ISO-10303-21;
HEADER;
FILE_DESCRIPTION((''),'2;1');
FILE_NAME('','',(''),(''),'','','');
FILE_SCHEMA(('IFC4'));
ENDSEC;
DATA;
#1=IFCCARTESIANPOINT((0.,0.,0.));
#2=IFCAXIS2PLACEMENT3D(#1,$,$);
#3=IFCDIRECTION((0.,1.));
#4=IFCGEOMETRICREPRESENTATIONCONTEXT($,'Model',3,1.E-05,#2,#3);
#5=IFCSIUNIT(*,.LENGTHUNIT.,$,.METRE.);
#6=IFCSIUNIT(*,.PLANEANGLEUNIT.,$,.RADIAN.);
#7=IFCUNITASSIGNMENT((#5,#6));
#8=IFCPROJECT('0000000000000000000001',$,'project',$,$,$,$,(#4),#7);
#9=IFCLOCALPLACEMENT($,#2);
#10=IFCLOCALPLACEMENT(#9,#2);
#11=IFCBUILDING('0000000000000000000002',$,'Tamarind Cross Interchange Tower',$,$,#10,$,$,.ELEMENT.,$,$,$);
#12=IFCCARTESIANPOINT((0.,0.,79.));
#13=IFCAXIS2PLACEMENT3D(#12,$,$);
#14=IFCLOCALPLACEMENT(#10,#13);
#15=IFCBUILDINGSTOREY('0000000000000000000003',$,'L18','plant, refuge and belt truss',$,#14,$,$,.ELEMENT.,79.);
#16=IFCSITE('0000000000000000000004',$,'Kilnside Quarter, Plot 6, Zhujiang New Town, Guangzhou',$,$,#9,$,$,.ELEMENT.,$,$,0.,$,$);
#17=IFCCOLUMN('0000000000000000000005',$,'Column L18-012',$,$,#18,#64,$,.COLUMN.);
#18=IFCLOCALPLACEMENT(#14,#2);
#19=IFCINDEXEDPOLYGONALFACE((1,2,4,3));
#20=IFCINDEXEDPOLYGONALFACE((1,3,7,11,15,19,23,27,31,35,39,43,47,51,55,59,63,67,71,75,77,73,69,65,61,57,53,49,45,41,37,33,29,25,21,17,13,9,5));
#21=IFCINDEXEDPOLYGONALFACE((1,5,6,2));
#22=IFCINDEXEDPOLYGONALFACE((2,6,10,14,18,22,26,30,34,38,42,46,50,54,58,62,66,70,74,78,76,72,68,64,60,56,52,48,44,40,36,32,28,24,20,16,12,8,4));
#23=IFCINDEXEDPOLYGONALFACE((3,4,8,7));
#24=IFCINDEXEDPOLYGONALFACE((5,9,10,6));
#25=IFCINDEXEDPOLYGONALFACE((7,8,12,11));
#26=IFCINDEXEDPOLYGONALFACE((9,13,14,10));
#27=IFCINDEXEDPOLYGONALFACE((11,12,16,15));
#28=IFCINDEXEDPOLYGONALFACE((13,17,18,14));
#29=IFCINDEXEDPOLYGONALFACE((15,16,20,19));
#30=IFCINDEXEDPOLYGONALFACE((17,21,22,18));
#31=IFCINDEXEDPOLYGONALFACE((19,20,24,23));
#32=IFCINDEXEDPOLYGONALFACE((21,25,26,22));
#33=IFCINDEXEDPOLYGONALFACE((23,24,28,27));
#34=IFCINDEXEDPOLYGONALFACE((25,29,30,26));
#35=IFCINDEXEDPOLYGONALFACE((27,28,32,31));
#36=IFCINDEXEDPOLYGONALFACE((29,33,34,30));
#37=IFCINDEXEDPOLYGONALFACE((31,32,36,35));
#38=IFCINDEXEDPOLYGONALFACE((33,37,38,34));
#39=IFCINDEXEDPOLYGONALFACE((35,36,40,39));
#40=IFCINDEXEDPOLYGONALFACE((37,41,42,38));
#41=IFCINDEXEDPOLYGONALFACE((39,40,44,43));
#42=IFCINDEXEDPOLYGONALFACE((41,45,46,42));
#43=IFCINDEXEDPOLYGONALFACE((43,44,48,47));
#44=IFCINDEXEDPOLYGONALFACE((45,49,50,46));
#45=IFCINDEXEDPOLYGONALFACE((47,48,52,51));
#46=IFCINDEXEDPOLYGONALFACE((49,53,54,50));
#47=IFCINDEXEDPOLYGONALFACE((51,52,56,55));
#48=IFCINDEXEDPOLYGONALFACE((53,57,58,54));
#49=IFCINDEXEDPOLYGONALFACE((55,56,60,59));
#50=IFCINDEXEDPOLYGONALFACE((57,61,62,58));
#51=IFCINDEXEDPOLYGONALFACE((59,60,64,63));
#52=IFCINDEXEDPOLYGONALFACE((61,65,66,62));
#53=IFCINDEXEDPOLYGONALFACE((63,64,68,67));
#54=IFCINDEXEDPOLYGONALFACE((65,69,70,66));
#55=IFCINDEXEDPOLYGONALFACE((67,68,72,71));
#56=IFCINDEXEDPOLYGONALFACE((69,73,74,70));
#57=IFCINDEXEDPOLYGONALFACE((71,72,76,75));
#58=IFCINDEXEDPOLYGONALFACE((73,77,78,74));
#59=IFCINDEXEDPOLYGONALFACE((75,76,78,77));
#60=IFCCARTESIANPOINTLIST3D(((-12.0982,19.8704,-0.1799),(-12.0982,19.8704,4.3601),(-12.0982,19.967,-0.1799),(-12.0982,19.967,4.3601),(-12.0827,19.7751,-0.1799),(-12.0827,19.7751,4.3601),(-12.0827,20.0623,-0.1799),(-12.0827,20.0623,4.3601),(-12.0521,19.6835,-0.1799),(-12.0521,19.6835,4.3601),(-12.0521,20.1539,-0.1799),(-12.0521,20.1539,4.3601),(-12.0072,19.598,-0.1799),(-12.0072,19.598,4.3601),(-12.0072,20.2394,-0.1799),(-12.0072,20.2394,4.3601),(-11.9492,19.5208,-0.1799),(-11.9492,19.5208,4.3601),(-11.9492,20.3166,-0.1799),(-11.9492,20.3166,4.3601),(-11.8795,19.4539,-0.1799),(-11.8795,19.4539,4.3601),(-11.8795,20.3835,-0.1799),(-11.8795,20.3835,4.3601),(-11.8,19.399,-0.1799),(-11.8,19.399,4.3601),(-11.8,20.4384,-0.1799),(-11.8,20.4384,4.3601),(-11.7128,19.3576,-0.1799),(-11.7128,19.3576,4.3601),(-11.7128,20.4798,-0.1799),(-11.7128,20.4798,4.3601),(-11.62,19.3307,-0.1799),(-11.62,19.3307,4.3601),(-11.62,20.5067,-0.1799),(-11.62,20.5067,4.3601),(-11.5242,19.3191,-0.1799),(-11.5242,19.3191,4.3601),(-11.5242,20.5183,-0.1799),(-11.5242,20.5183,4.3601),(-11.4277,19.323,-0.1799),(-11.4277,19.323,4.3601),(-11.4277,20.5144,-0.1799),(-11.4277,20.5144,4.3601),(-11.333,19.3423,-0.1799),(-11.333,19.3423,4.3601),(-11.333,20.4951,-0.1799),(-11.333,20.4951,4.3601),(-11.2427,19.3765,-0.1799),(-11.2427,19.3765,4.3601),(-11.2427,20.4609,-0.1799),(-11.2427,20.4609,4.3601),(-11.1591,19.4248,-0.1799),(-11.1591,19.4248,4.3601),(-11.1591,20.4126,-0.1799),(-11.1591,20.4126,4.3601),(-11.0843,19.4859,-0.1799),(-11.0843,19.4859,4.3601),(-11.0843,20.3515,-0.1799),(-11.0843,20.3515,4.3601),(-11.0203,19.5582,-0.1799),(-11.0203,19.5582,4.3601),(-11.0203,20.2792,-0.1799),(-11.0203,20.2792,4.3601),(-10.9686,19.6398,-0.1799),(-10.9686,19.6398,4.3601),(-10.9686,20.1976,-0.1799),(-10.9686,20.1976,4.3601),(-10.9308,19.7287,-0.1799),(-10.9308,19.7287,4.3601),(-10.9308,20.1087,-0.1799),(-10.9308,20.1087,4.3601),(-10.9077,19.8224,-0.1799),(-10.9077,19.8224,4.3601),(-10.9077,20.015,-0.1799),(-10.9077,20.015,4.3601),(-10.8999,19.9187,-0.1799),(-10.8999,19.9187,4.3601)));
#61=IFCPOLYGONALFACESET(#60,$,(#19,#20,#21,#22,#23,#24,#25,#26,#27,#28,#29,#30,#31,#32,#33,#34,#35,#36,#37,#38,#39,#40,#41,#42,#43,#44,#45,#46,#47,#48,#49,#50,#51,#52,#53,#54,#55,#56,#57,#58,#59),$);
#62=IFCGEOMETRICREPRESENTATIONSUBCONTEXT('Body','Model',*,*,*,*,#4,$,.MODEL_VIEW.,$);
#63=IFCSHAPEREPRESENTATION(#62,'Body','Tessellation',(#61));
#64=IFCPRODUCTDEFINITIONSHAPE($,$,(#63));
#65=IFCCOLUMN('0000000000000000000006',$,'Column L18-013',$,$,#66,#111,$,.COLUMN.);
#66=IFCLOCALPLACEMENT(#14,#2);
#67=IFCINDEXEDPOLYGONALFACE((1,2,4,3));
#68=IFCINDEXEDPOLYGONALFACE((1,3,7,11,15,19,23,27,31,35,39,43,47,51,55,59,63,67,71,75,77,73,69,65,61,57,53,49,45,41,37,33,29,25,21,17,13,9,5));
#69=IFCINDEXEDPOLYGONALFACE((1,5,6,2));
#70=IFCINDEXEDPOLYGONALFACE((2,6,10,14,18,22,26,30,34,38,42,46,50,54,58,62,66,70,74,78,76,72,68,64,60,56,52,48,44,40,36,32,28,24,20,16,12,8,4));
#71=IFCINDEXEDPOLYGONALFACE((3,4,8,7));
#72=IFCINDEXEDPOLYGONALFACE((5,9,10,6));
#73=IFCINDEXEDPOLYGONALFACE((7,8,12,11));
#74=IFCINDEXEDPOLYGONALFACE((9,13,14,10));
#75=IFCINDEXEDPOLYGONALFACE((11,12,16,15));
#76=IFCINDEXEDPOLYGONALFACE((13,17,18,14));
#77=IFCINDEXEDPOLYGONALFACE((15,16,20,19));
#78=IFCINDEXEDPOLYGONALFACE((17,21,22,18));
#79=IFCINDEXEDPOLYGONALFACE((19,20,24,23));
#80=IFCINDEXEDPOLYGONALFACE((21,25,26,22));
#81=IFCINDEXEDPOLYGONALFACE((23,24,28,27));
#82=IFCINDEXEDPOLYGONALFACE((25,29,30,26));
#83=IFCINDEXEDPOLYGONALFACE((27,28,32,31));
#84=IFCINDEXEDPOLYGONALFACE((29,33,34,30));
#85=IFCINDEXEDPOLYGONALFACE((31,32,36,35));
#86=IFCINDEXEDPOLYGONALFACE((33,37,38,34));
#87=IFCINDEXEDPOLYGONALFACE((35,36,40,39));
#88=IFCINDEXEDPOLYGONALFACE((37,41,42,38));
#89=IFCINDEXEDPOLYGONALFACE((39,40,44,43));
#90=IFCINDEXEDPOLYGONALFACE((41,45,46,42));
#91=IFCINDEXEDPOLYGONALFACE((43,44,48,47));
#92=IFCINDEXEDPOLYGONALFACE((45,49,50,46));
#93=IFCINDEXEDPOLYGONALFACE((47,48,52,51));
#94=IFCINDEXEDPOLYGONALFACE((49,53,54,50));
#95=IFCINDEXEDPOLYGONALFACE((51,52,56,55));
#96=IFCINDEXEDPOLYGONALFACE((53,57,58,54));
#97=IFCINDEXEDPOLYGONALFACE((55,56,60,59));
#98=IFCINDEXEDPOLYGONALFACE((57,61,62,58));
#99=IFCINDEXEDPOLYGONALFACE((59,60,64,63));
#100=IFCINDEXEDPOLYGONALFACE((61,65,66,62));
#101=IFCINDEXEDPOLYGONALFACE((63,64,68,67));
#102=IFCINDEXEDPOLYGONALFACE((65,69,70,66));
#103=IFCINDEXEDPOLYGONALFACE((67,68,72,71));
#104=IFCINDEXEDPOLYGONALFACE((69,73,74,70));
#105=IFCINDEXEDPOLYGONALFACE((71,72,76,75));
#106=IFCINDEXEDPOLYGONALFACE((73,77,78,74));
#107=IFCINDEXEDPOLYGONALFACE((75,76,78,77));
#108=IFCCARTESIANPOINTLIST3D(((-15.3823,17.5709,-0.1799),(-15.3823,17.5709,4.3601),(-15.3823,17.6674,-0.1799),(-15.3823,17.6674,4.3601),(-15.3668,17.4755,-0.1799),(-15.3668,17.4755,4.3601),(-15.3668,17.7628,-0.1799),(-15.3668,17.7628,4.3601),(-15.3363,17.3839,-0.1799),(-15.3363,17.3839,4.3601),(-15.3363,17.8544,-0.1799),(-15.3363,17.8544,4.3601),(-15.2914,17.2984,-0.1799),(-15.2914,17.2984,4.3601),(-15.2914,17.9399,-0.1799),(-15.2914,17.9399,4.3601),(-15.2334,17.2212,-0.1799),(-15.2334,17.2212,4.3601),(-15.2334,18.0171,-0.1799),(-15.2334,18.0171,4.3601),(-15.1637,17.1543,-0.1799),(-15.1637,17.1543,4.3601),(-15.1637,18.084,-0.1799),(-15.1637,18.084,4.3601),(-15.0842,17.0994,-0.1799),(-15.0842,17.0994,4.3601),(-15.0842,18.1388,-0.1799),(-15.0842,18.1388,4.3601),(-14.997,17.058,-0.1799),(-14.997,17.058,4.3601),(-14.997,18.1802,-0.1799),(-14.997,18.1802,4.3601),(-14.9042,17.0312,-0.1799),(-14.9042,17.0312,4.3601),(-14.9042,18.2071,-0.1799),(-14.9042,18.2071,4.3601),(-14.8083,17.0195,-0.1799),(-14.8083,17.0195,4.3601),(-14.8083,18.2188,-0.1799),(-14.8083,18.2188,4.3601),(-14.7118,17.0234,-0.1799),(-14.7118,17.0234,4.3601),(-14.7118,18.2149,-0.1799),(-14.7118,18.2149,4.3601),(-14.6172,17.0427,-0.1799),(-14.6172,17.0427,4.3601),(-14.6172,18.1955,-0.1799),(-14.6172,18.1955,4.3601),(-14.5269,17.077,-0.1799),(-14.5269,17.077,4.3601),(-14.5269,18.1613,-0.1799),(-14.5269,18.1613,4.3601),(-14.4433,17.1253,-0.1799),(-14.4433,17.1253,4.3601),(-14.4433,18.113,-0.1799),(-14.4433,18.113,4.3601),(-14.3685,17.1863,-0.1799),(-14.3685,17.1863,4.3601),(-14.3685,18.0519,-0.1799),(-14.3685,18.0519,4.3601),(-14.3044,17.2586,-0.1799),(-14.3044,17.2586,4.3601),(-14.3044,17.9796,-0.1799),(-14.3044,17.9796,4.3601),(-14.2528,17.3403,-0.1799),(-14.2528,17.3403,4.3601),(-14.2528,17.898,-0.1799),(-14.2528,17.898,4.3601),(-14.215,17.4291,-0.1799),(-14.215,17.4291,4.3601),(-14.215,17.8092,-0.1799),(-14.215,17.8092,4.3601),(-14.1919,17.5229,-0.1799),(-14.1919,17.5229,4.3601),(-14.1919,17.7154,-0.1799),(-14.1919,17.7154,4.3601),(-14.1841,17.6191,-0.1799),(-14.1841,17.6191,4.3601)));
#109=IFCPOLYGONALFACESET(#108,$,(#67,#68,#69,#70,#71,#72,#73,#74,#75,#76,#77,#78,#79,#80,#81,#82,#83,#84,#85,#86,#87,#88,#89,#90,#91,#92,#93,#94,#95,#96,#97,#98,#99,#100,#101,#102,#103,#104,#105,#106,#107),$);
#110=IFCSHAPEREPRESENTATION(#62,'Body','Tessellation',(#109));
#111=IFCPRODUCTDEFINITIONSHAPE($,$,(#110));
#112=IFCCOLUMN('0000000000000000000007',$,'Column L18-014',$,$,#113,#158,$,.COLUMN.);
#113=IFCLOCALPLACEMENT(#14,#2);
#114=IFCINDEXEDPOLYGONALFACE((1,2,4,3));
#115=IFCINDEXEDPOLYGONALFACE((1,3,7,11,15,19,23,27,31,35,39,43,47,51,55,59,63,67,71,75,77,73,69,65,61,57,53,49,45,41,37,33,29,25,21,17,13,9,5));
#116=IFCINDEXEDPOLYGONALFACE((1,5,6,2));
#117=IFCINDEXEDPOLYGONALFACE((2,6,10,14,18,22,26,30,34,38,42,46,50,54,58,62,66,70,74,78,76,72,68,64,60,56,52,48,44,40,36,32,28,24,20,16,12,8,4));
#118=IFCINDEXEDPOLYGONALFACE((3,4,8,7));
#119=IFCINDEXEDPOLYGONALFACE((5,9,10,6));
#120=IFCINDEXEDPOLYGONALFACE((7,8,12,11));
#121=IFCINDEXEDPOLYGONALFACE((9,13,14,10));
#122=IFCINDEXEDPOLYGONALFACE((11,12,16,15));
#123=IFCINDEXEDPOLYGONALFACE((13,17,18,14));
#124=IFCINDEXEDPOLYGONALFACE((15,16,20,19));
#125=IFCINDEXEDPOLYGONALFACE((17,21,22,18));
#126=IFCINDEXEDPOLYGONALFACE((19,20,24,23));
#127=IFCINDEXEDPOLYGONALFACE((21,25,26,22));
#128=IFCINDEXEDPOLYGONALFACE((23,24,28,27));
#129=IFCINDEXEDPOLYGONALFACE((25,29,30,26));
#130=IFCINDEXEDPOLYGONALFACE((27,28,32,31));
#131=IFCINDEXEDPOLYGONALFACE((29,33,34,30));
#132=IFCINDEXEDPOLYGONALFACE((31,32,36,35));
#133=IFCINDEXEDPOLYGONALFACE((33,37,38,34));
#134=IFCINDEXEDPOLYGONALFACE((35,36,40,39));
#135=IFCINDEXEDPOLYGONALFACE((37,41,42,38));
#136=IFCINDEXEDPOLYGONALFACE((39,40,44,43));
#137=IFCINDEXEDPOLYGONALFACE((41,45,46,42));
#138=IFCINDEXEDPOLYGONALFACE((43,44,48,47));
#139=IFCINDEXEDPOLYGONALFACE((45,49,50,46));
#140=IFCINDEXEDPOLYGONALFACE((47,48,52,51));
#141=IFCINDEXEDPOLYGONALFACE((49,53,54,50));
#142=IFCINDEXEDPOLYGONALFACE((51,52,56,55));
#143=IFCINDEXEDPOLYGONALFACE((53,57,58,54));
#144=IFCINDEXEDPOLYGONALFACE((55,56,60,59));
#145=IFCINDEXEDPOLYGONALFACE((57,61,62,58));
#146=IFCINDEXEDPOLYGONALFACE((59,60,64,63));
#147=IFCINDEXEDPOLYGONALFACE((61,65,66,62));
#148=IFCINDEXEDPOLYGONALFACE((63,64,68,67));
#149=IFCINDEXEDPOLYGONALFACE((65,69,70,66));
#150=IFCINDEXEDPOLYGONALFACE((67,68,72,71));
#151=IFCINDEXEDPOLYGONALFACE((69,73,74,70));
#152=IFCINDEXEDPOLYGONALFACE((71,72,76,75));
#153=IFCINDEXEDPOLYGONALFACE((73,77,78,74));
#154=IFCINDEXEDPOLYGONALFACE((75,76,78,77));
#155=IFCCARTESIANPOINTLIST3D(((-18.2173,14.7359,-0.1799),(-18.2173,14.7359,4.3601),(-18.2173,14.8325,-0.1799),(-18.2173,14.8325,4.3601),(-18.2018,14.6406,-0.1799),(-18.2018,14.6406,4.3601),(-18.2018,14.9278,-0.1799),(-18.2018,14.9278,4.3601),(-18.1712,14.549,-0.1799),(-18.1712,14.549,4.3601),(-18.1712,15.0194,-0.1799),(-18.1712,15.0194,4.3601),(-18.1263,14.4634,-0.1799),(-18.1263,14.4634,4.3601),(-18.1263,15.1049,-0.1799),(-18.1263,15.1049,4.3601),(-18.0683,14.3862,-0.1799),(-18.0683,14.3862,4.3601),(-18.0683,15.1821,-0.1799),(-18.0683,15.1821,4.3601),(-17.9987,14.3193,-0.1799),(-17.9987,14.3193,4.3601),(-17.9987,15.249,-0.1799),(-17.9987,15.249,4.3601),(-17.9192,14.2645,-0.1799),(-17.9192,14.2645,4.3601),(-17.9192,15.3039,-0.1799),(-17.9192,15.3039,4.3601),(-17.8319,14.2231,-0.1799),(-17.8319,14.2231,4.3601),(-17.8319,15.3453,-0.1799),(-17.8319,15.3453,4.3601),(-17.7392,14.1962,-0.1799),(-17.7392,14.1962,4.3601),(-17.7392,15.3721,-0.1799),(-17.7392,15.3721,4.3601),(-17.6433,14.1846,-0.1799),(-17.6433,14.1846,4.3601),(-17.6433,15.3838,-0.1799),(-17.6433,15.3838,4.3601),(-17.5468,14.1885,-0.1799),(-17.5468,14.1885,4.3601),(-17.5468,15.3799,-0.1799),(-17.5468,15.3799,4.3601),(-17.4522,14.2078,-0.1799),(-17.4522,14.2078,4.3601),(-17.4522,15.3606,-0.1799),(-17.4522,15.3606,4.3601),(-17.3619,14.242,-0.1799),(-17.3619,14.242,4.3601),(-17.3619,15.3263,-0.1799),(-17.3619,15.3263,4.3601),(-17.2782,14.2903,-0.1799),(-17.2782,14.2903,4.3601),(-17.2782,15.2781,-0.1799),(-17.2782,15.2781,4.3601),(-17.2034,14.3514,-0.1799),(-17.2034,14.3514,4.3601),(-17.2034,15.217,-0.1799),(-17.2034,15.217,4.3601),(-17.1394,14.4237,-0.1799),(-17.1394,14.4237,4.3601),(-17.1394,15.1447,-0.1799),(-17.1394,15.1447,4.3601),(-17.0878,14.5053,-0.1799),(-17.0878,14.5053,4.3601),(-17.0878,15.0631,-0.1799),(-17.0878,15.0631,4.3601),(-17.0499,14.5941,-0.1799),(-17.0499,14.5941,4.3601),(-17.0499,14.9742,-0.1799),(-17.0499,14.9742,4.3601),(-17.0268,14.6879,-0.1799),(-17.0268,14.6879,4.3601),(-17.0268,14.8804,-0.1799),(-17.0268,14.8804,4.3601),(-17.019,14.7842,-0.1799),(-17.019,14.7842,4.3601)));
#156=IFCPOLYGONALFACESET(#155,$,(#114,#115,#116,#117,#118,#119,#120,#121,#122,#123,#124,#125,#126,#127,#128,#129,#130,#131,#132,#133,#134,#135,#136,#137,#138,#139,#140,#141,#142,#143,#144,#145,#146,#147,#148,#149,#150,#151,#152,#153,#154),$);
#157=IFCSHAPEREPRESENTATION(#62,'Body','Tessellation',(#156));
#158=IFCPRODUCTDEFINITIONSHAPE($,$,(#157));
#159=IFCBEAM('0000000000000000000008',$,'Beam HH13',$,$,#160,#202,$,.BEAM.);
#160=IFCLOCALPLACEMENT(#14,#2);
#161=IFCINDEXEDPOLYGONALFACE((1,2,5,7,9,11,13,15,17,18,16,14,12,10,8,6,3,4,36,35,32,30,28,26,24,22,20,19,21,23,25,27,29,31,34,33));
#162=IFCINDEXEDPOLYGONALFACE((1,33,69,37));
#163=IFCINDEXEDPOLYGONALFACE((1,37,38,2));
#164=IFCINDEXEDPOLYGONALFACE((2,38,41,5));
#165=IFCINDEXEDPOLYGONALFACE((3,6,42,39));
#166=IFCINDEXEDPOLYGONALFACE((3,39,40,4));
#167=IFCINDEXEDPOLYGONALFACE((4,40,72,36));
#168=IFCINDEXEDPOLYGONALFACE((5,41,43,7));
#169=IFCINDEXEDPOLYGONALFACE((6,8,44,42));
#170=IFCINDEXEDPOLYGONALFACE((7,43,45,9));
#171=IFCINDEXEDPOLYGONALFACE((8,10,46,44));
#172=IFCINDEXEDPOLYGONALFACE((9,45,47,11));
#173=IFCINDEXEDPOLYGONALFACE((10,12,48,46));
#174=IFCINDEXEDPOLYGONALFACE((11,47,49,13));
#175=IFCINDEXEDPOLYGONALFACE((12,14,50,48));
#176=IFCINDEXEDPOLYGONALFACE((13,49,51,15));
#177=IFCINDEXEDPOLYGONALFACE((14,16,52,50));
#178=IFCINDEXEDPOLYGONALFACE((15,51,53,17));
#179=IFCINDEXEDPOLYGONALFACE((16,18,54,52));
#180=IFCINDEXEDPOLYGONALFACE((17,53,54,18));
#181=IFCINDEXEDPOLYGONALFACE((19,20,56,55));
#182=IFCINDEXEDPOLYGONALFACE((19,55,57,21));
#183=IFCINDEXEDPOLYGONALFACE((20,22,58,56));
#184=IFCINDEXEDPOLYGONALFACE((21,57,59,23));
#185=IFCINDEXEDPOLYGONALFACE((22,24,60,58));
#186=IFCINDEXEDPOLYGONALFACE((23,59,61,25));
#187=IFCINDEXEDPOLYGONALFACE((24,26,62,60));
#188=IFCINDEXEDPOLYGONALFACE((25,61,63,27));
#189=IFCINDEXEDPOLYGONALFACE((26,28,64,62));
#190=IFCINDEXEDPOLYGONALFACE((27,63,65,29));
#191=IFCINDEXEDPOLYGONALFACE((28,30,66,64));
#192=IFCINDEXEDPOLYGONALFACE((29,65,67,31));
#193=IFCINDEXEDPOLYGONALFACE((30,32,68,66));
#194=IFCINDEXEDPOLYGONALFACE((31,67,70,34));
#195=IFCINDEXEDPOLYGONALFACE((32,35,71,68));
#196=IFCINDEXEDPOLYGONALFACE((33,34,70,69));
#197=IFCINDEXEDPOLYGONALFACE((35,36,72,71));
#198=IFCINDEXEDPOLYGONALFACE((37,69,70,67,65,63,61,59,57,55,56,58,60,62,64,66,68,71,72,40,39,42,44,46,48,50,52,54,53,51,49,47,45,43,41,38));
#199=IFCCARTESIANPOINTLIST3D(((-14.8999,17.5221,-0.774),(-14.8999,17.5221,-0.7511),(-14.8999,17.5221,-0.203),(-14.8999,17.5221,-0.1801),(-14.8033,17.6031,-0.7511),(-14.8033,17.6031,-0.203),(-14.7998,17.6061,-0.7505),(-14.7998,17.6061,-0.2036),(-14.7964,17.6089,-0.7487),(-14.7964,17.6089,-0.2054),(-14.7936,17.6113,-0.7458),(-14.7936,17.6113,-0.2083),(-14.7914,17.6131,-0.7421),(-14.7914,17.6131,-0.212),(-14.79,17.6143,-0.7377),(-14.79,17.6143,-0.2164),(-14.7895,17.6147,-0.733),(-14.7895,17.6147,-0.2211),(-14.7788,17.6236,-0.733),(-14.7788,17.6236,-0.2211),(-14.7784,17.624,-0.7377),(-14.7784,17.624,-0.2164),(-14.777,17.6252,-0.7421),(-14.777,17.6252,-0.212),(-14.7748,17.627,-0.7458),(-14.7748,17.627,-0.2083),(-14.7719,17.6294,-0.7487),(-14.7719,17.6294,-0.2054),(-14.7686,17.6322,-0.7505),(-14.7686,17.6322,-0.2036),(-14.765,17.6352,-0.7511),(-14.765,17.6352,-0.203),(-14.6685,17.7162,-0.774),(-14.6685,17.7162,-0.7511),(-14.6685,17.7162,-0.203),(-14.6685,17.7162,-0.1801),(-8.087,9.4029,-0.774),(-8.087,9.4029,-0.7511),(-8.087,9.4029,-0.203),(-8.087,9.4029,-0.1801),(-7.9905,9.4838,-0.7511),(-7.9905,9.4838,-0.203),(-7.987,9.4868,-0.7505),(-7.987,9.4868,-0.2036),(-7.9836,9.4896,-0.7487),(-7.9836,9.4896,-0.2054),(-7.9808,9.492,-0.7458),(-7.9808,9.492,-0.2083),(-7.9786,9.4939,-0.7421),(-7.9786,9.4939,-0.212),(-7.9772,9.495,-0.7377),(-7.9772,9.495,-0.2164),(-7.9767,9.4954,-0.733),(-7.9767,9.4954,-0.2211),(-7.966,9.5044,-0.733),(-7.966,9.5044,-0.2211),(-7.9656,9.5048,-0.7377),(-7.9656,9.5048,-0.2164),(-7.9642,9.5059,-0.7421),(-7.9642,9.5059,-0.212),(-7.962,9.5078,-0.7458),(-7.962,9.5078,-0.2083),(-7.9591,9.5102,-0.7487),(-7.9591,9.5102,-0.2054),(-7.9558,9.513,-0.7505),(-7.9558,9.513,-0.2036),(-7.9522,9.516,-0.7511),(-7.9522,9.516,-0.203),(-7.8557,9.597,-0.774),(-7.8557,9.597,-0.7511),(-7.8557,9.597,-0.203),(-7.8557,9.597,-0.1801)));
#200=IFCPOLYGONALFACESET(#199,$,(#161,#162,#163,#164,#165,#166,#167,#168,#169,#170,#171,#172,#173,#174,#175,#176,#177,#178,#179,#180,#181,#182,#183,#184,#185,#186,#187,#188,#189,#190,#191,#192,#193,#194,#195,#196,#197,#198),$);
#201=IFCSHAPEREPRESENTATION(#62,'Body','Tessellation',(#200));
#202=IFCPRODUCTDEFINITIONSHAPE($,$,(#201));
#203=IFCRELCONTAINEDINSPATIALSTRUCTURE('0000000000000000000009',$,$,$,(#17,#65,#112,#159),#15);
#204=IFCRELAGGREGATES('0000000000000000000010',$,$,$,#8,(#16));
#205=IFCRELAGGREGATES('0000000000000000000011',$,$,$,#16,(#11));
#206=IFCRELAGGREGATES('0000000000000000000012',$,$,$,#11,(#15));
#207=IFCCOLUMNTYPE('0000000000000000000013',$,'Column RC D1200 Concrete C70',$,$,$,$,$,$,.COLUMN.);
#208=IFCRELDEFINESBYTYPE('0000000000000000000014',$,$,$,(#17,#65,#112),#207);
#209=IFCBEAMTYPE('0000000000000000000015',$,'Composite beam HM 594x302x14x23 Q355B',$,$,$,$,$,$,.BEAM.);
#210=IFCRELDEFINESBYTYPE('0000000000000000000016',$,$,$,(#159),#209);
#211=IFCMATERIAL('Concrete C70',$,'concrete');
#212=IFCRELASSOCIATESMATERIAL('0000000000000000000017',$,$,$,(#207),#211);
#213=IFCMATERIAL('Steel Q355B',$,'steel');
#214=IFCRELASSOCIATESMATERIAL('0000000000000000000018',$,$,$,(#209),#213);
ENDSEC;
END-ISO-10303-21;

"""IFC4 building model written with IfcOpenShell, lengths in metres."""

from ifc_helpers import new_model, si_unit, direction, frame, origin, origin_2d, place, context, subcontext, project, spatial, circle, i_section, extrude, material, material_profile, profile_set, type_object, element, save


model = new_model("IFC4")

# Units and contexts
model_context = context("Model", 3, precision=1e-05, world=origin(), true_north=direction((0.0, 1.0)))
body_context = subcontext(model_context, "Body", "Model", "MODEL_VIEW")
ifc_project = project(units=[si_unit("LENGTHUNIT", "METRE"), si_unit("PLANEANGLEUNIT", "RADIAN")], contexts=[model_context])

# Site, building, storey
site_placement = place(None, origin())
site = spatial("IfcSite", under=ifc_project, at=site_placement, Name="Kilnside Quarter, Plot 6, Zhujiang New Town, Guangzhou", CompositionType="ELEMENT", RefElevation=0.0)
building_placement = place(site_placement, origin())
building = spatial("IfcBuilding", under=site, at=building_placement, Name="Tamarind Cross Interchange Tower", CompositionType="ELEMENT")
storey_placement = place(building_placement, frame((0.0, 0.0, 79.0)))
storey = spatial("IfcBuildingStorey", under=building, at=storey_placement, Name="L18", Description="plant, refuge and belt truss", CompositionType="ELEMENT", Elevation=79.0)

# Columns
ifc_material_1 = material(Name="Concrete C70", Category="concrete")
ifc_material_profile_1 = material_profile(ifc_material_1, circle(Radius=0.6001, at=origin_2d()), Name="RC D1200")
ifc_profile_set_1 = profile_set([ifc_material_profile_1], Name="Concrete C70")
column_type = type_object("IfcColumnType", Name="Column RC D1200 Concrete C70", PredefinedType="COLUMN", material=ifc_profile_set_1)
for number, where, z_axis, x_axis, name in (
    (1, (-11.5, 19.9187, -0.1799), (0.0, 0.0, 1.0), (1.0, 0.0, 0.0), "Column L18-012"),
    (2, (-14.7842, 17.6191, -0.1799), (0.0, 0.0, 1.0), (1.0, 0.0, 0.0), "Column L18-013"),
    (3, (-17.6191, 14.7842, -0.1799), (0.0, 0.0, 1.0), (1.0, 0.0, 0.0), "Column L18-014"),
):
    element("IfcColumn", number, at=place(storey_placement, frame(where, z_axis=z_axis, x_axis=x_axis)), inside=storey, type_object=column_type, Name=name, PredefinedType="COLUMN", context=body_context, shape_type="SweptSolid", body=[
        extrude(circle(Radius=0.6001, at=origin_2d()), origin(), (0.0, 0.0, 1.0), 4.54),
    ])

# Beam
ifc_material_2 = material(Name="Steel Q355B", Category="steel")
ifc_material_profile_2 = material_profile(ifc_material_2, i_section(OverallWidth=0.302, OverallDepth=0.594, WebThickness=0.0139, FlangeThickness=0.0229, FilletRadius=0.0181, at=origin_2d()), Name="HM 594x302x14x23")
ifc_profile_set_2 = profile_set([ifc_material_profile_2], Name="Steel Q355B")
beam_type = type_object("IfcBeamType", Name="Composite beam HM 594x302x14x23 Q355B", PredefinedType="BEAM", material=ifc_profile_set_2)
beam_1_placement = place(storey_placement, frame((-14.7842, 17.6191, -0.4771), z_axis=(0.642786, -0.766046, 0.0), x_axis=(0.766046, 0.642786, 0.0)))
element("IfcBeam", 4, at=beam_1_placement, inside=storey, type_object=beam_type, Name="Beam HH13", PredefinedType="BEAM", context=body_context, shape_type="SweptSolid", body=[
    extrude(i_section(OverallWidth=0.302, OverallDepth=0.594, WebThickness=0.0139, FlangeThickness=0.0229, FilletRadius=0.0181, at=origin_2d()), origin(), (0.0, 0.0, 1.0), 10.5989),
])

save(model, "model.ifc")
